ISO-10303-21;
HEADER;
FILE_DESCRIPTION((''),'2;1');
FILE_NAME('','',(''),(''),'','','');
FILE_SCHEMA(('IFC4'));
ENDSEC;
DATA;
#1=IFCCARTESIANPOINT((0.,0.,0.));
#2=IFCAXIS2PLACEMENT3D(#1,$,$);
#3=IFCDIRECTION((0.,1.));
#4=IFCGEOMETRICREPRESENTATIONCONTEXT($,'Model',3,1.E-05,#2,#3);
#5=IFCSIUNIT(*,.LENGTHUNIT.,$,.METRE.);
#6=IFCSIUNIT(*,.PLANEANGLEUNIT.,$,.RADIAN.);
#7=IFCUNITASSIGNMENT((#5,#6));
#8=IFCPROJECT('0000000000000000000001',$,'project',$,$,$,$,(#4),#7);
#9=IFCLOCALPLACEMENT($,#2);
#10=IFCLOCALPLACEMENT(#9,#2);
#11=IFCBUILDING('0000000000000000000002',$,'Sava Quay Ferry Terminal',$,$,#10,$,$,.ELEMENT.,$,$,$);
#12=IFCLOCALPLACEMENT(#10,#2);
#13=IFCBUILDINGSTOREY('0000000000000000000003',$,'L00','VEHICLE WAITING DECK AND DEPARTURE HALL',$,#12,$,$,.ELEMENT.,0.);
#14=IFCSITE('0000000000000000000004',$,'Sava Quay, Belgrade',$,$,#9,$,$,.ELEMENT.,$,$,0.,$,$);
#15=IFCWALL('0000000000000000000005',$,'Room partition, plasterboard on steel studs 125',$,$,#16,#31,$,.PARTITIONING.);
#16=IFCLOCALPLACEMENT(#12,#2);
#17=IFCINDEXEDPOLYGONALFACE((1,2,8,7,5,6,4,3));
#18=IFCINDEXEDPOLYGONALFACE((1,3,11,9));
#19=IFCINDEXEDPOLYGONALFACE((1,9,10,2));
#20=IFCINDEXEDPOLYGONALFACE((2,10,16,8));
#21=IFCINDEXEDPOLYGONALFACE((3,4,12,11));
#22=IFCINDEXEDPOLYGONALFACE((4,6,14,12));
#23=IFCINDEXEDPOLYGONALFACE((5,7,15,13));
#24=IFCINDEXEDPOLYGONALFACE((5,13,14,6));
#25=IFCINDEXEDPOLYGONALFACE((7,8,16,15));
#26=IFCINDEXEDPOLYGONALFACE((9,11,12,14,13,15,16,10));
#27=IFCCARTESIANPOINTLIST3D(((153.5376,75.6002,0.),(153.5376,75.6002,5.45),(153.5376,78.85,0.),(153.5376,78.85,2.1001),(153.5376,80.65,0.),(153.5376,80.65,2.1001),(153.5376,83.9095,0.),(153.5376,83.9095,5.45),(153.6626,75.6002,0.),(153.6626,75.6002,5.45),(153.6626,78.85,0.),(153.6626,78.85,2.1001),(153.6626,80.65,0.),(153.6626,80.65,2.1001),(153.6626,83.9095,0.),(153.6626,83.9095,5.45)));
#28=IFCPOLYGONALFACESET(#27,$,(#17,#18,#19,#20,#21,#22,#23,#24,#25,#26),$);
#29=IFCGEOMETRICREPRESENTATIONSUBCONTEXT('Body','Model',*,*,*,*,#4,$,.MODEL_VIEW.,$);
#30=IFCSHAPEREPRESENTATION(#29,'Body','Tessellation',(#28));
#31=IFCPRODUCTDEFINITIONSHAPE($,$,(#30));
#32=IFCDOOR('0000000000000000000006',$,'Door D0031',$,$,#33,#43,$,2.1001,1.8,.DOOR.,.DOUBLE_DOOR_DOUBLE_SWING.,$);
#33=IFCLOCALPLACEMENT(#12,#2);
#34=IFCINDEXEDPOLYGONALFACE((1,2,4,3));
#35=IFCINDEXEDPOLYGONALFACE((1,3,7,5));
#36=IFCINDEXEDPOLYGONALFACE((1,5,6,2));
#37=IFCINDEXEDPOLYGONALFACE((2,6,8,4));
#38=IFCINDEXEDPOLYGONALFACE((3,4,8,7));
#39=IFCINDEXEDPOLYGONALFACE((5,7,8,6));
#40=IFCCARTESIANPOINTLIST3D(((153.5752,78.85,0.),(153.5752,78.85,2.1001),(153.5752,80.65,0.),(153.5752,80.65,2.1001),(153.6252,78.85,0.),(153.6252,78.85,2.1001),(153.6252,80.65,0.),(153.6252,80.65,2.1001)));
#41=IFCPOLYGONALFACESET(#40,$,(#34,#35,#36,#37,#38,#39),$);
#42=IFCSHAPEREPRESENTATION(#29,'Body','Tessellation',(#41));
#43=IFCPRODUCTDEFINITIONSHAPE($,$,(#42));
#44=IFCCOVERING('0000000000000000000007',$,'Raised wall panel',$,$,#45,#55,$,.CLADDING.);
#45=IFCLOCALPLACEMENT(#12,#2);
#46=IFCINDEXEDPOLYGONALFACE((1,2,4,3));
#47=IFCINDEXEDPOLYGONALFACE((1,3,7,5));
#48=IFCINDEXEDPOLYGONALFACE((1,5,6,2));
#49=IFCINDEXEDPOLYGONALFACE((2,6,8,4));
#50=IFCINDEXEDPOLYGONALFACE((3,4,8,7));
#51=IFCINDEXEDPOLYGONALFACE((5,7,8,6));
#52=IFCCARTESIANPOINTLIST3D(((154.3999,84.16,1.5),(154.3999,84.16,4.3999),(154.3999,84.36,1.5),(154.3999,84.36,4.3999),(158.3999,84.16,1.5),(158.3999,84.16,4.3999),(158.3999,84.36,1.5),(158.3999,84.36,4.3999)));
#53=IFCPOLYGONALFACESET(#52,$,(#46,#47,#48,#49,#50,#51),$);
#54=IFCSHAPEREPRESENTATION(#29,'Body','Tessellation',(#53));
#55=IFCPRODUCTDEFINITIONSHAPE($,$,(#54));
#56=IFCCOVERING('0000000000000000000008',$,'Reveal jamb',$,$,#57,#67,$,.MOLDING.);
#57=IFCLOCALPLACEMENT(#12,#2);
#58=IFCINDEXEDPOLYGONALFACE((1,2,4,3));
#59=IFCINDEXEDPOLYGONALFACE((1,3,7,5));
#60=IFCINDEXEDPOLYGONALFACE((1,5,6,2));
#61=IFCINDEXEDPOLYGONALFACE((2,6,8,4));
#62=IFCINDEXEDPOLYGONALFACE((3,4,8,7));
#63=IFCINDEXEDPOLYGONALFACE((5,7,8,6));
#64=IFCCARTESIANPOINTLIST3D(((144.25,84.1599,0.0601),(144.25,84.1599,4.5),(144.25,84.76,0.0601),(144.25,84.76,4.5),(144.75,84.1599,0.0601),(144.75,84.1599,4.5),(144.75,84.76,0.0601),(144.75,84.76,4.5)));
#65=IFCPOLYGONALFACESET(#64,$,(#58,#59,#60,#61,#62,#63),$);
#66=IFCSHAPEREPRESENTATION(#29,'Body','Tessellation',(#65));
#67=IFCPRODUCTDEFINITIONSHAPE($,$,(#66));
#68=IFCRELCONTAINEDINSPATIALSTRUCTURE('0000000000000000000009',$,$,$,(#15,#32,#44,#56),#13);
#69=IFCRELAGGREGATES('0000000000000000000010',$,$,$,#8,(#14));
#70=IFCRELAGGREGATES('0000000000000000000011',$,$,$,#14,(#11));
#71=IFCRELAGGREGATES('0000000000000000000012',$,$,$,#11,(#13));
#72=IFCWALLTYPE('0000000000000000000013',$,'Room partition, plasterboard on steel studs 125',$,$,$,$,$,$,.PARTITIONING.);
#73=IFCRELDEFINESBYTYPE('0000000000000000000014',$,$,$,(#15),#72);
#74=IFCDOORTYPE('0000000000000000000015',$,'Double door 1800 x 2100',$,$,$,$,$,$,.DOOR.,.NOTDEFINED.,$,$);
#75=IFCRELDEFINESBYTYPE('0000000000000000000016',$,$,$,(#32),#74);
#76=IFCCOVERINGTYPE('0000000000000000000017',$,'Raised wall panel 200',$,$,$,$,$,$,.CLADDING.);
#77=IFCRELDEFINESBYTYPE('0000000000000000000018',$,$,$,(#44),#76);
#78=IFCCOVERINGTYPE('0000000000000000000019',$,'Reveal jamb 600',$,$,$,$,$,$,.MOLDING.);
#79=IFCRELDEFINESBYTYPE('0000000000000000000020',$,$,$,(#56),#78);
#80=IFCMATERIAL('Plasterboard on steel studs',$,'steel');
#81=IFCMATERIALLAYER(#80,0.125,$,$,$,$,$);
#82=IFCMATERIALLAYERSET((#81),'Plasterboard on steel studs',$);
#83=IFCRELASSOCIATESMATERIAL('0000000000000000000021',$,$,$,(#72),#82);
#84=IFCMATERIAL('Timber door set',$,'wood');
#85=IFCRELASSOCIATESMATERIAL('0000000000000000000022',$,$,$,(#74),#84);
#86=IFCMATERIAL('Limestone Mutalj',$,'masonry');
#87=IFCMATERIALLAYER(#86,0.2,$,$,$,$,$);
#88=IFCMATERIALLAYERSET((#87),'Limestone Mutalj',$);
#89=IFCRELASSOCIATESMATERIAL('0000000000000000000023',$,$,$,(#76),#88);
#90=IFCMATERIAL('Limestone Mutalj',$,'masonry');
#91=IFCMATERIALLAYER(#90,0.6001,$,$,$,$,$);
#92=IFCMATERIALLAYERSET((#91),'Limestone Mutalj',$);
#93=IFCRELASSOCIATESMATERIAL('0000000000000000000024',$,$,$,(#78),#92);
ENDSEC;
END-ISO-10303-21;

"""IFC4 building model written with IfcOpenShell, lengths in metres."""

from ifc_helpers import new_model, si_unit, direction, frame, frame_2d, origin, origin_2d, place, context, subcontext, project, spatial, rectangle, extrude, material, layer, layer_set, type_object, element, fill, save


model = new_model("IFC4")

# Units and contexts
model_context = context("Model", 3, precision=1e-05, world=origin(), true_north=direction((0.0, 1.0)))
body_context = subcontext(model_context, "Body", "Model", "MODEL_VIEW")
ifc_project = project(units=[si_unit("LENGTHUNIT", "METRE"), si_unit("PLANEANGLEUNIT", "RADIAN")], contexts=[model_context])

# Site, building, storey
site_placement = place(None, origin())
site = spatial("IfcSite", under=ifc_project, at=site_placement, Name="Sava Quay, Belgrade", CompositionType="ELEMENT", RefElevation=0.0)
building_placement = place(site_placement, origin())
building = spatial("IfcBuilding", under=site, at=building_placement, Name="Sava Quay Ferry Terminal", CompositionType="ELEMENT")
storey_placement = place(building_placement, origin())
storey = spatial("IfcBuildingStorey", under=building, at=storey_placement, Name="L00", Description="VEHICLE WAITING DECK AND DEPARTURE HALL", CompositionType="ELEMENT", Elevation=0.0)

# Shared definitions
ifc_material_1 = material(Name="Plasterboard on steel studs", Category="steel")
ifc_layer_1 = layer(ifc_material_1, 0.125)
ifc_layer_set_1 = layer_set([ifc_layer_1], Name="Plasterboard on steel studs")
wall_type_1 = type_object("IfcWallType", Name="Room partition, plasterboard on steel studs 125", PredefinedType="PARTITIONING", material=ifc_layer_set_1)

# Wall, opening, door
wall_1_placement = place(storey_placement, frame((153.6001, 75.6001, 0.0), z_axis=(0.0, 0.0, 1.0), x_axis=(0.0, 1.0, 0.0)))
wall_1 = element("IfcWall", 1, at=wall_1_placement, inside=storey, type_object=wall_type_1, Name="Room partition, plasterboard on steel studs 125", PredefinedType="PARTITIONING", context=body_context, shape_type="SweptSolid", body=[
    extrude(rectangle(XDim=8.3093, YDim=0.125, at=frame_2d((4.1548, 0.0))), origin(), (0.0, 0.0, 1.0), 5.45),
])
opening_1_placement = place(wall_1_placement, frame((3.25, 0.0, 0.0)))
opening_1 = element("IfcOpeningElement", 2, at=opening_1_placement, cuts=wall_1, PredefinedType="OPENING", context=body_context, shape_type="SweptSolid", body=[
    extrude(rectangle(XDim=1.8, YDim=2.1001, at=frame_2d((0.8999, 1.05))), frame((0.0, 0.0625, 0.0), z_axis=(0.0, -1.0, 0.0), x_axis=(1.0, 0.0, 0.0)), (0.0, 0.0, 1.0), 0.125),
])
ifc_material_2 = material(Name="Timber door set", Category="wood")
door_type_1 = type_object("IfcDoorType", Name="Double door 1800 x 2100", OperationType="NOTDEFINED", PredefinedType="DOOR", material=ifc_material_2)
door_1_placement = place(opening_1_placement, origin())
door_1 = element("IfcDoor", 3, at=door_1_placement, inside=storey, type_object=door_type_1, Name="Door D0031", OperationType="DOUBLE_DOOR_DOUBLE_SWING", OverallHeight=2.1001, OverallWidth=1.8, PredefinedType="DOOR", context=body_context, shape_type="SweptSolid", body=[
    extrude(rectangle(XDim=1.8, YDim=2.1001, at=frame_2d((0.8999, 1.05))), frame((0.0, 0.0249, 0.0), z_axis=(0.0, -1.0, 0.0), x_axis=(1.0, 0.0, 0.0)), (0.0, 0.0, 1.0), 0.05),
])
fill(opening_1, door_1)

# Coverings
ifc_material_3 = material(Name="Limestone Mutalj", Category="masonry")
ifc_layer_2 = layer(ifc_material_3, 0.2)
ifc_layer_set_2 = layer_set([ifc_layer_2], Name="Limestone Mutalj")
covering_type_1 = type_object("IfcCoveringType", Name="Raised wall panel 200", PredefinedType="CLADDING", material=ifc_layer_set_2)
covering_1_placement = place(storey_placement, frame((156.3999, 84.26, 1.5), z_axis=(0.0, 0.0, 1.0), x_axis=(1.0, 0.0, 0.0)))
element("IfcCovering", 4, at=covering_1_placement, inside=storey, type_object=covering_type_1, Name="Raised wall panel", PredefinedType="CLADDING", context=body_context, shape_type="SweptSolid", body=[
    extrude(rectangle(XDim=4.0, YDim=0.2, at=origin_2d()), origin(), (0.0, 0.0, 1.0), 2.8999),
])
ifc_material_4 = material(Name="Limestone Mutalj", Category="masonry")
ifc_layer_3 = layer(ifc_material_4, 0.6001)
ifc_layer_set_3 = layer_set([ifc_layer_3], Name="Limestone Mutalj")
covering_type_2 = type_object("IfcCoveringType", Name="Reveal jamb 600", PredefinedType="MOLDING", material=ifc_layer_set_3)
covering_2_placement = place(storey_placement, frame((144.5, 84.46, 0.0601), z_axis=(0.0, 0.0, 1.0), x_axis=(1.0, 0.0, 0.0)))
element("IfcCovering", 5, at=covering_2_placement, inside=storey, type_object=covering_type_2, Name="Reveal jamb", PredefinedType="MOLDING", context=body_context, shape_type="SweptSolid", body=[
    extrude(rectangle(XDim=0.5, YDim=0.6001, at=origin_2d()), origin(), (0.0, 0.0, 1.0), 4.4399),
])

save(model, "model.ifc")
